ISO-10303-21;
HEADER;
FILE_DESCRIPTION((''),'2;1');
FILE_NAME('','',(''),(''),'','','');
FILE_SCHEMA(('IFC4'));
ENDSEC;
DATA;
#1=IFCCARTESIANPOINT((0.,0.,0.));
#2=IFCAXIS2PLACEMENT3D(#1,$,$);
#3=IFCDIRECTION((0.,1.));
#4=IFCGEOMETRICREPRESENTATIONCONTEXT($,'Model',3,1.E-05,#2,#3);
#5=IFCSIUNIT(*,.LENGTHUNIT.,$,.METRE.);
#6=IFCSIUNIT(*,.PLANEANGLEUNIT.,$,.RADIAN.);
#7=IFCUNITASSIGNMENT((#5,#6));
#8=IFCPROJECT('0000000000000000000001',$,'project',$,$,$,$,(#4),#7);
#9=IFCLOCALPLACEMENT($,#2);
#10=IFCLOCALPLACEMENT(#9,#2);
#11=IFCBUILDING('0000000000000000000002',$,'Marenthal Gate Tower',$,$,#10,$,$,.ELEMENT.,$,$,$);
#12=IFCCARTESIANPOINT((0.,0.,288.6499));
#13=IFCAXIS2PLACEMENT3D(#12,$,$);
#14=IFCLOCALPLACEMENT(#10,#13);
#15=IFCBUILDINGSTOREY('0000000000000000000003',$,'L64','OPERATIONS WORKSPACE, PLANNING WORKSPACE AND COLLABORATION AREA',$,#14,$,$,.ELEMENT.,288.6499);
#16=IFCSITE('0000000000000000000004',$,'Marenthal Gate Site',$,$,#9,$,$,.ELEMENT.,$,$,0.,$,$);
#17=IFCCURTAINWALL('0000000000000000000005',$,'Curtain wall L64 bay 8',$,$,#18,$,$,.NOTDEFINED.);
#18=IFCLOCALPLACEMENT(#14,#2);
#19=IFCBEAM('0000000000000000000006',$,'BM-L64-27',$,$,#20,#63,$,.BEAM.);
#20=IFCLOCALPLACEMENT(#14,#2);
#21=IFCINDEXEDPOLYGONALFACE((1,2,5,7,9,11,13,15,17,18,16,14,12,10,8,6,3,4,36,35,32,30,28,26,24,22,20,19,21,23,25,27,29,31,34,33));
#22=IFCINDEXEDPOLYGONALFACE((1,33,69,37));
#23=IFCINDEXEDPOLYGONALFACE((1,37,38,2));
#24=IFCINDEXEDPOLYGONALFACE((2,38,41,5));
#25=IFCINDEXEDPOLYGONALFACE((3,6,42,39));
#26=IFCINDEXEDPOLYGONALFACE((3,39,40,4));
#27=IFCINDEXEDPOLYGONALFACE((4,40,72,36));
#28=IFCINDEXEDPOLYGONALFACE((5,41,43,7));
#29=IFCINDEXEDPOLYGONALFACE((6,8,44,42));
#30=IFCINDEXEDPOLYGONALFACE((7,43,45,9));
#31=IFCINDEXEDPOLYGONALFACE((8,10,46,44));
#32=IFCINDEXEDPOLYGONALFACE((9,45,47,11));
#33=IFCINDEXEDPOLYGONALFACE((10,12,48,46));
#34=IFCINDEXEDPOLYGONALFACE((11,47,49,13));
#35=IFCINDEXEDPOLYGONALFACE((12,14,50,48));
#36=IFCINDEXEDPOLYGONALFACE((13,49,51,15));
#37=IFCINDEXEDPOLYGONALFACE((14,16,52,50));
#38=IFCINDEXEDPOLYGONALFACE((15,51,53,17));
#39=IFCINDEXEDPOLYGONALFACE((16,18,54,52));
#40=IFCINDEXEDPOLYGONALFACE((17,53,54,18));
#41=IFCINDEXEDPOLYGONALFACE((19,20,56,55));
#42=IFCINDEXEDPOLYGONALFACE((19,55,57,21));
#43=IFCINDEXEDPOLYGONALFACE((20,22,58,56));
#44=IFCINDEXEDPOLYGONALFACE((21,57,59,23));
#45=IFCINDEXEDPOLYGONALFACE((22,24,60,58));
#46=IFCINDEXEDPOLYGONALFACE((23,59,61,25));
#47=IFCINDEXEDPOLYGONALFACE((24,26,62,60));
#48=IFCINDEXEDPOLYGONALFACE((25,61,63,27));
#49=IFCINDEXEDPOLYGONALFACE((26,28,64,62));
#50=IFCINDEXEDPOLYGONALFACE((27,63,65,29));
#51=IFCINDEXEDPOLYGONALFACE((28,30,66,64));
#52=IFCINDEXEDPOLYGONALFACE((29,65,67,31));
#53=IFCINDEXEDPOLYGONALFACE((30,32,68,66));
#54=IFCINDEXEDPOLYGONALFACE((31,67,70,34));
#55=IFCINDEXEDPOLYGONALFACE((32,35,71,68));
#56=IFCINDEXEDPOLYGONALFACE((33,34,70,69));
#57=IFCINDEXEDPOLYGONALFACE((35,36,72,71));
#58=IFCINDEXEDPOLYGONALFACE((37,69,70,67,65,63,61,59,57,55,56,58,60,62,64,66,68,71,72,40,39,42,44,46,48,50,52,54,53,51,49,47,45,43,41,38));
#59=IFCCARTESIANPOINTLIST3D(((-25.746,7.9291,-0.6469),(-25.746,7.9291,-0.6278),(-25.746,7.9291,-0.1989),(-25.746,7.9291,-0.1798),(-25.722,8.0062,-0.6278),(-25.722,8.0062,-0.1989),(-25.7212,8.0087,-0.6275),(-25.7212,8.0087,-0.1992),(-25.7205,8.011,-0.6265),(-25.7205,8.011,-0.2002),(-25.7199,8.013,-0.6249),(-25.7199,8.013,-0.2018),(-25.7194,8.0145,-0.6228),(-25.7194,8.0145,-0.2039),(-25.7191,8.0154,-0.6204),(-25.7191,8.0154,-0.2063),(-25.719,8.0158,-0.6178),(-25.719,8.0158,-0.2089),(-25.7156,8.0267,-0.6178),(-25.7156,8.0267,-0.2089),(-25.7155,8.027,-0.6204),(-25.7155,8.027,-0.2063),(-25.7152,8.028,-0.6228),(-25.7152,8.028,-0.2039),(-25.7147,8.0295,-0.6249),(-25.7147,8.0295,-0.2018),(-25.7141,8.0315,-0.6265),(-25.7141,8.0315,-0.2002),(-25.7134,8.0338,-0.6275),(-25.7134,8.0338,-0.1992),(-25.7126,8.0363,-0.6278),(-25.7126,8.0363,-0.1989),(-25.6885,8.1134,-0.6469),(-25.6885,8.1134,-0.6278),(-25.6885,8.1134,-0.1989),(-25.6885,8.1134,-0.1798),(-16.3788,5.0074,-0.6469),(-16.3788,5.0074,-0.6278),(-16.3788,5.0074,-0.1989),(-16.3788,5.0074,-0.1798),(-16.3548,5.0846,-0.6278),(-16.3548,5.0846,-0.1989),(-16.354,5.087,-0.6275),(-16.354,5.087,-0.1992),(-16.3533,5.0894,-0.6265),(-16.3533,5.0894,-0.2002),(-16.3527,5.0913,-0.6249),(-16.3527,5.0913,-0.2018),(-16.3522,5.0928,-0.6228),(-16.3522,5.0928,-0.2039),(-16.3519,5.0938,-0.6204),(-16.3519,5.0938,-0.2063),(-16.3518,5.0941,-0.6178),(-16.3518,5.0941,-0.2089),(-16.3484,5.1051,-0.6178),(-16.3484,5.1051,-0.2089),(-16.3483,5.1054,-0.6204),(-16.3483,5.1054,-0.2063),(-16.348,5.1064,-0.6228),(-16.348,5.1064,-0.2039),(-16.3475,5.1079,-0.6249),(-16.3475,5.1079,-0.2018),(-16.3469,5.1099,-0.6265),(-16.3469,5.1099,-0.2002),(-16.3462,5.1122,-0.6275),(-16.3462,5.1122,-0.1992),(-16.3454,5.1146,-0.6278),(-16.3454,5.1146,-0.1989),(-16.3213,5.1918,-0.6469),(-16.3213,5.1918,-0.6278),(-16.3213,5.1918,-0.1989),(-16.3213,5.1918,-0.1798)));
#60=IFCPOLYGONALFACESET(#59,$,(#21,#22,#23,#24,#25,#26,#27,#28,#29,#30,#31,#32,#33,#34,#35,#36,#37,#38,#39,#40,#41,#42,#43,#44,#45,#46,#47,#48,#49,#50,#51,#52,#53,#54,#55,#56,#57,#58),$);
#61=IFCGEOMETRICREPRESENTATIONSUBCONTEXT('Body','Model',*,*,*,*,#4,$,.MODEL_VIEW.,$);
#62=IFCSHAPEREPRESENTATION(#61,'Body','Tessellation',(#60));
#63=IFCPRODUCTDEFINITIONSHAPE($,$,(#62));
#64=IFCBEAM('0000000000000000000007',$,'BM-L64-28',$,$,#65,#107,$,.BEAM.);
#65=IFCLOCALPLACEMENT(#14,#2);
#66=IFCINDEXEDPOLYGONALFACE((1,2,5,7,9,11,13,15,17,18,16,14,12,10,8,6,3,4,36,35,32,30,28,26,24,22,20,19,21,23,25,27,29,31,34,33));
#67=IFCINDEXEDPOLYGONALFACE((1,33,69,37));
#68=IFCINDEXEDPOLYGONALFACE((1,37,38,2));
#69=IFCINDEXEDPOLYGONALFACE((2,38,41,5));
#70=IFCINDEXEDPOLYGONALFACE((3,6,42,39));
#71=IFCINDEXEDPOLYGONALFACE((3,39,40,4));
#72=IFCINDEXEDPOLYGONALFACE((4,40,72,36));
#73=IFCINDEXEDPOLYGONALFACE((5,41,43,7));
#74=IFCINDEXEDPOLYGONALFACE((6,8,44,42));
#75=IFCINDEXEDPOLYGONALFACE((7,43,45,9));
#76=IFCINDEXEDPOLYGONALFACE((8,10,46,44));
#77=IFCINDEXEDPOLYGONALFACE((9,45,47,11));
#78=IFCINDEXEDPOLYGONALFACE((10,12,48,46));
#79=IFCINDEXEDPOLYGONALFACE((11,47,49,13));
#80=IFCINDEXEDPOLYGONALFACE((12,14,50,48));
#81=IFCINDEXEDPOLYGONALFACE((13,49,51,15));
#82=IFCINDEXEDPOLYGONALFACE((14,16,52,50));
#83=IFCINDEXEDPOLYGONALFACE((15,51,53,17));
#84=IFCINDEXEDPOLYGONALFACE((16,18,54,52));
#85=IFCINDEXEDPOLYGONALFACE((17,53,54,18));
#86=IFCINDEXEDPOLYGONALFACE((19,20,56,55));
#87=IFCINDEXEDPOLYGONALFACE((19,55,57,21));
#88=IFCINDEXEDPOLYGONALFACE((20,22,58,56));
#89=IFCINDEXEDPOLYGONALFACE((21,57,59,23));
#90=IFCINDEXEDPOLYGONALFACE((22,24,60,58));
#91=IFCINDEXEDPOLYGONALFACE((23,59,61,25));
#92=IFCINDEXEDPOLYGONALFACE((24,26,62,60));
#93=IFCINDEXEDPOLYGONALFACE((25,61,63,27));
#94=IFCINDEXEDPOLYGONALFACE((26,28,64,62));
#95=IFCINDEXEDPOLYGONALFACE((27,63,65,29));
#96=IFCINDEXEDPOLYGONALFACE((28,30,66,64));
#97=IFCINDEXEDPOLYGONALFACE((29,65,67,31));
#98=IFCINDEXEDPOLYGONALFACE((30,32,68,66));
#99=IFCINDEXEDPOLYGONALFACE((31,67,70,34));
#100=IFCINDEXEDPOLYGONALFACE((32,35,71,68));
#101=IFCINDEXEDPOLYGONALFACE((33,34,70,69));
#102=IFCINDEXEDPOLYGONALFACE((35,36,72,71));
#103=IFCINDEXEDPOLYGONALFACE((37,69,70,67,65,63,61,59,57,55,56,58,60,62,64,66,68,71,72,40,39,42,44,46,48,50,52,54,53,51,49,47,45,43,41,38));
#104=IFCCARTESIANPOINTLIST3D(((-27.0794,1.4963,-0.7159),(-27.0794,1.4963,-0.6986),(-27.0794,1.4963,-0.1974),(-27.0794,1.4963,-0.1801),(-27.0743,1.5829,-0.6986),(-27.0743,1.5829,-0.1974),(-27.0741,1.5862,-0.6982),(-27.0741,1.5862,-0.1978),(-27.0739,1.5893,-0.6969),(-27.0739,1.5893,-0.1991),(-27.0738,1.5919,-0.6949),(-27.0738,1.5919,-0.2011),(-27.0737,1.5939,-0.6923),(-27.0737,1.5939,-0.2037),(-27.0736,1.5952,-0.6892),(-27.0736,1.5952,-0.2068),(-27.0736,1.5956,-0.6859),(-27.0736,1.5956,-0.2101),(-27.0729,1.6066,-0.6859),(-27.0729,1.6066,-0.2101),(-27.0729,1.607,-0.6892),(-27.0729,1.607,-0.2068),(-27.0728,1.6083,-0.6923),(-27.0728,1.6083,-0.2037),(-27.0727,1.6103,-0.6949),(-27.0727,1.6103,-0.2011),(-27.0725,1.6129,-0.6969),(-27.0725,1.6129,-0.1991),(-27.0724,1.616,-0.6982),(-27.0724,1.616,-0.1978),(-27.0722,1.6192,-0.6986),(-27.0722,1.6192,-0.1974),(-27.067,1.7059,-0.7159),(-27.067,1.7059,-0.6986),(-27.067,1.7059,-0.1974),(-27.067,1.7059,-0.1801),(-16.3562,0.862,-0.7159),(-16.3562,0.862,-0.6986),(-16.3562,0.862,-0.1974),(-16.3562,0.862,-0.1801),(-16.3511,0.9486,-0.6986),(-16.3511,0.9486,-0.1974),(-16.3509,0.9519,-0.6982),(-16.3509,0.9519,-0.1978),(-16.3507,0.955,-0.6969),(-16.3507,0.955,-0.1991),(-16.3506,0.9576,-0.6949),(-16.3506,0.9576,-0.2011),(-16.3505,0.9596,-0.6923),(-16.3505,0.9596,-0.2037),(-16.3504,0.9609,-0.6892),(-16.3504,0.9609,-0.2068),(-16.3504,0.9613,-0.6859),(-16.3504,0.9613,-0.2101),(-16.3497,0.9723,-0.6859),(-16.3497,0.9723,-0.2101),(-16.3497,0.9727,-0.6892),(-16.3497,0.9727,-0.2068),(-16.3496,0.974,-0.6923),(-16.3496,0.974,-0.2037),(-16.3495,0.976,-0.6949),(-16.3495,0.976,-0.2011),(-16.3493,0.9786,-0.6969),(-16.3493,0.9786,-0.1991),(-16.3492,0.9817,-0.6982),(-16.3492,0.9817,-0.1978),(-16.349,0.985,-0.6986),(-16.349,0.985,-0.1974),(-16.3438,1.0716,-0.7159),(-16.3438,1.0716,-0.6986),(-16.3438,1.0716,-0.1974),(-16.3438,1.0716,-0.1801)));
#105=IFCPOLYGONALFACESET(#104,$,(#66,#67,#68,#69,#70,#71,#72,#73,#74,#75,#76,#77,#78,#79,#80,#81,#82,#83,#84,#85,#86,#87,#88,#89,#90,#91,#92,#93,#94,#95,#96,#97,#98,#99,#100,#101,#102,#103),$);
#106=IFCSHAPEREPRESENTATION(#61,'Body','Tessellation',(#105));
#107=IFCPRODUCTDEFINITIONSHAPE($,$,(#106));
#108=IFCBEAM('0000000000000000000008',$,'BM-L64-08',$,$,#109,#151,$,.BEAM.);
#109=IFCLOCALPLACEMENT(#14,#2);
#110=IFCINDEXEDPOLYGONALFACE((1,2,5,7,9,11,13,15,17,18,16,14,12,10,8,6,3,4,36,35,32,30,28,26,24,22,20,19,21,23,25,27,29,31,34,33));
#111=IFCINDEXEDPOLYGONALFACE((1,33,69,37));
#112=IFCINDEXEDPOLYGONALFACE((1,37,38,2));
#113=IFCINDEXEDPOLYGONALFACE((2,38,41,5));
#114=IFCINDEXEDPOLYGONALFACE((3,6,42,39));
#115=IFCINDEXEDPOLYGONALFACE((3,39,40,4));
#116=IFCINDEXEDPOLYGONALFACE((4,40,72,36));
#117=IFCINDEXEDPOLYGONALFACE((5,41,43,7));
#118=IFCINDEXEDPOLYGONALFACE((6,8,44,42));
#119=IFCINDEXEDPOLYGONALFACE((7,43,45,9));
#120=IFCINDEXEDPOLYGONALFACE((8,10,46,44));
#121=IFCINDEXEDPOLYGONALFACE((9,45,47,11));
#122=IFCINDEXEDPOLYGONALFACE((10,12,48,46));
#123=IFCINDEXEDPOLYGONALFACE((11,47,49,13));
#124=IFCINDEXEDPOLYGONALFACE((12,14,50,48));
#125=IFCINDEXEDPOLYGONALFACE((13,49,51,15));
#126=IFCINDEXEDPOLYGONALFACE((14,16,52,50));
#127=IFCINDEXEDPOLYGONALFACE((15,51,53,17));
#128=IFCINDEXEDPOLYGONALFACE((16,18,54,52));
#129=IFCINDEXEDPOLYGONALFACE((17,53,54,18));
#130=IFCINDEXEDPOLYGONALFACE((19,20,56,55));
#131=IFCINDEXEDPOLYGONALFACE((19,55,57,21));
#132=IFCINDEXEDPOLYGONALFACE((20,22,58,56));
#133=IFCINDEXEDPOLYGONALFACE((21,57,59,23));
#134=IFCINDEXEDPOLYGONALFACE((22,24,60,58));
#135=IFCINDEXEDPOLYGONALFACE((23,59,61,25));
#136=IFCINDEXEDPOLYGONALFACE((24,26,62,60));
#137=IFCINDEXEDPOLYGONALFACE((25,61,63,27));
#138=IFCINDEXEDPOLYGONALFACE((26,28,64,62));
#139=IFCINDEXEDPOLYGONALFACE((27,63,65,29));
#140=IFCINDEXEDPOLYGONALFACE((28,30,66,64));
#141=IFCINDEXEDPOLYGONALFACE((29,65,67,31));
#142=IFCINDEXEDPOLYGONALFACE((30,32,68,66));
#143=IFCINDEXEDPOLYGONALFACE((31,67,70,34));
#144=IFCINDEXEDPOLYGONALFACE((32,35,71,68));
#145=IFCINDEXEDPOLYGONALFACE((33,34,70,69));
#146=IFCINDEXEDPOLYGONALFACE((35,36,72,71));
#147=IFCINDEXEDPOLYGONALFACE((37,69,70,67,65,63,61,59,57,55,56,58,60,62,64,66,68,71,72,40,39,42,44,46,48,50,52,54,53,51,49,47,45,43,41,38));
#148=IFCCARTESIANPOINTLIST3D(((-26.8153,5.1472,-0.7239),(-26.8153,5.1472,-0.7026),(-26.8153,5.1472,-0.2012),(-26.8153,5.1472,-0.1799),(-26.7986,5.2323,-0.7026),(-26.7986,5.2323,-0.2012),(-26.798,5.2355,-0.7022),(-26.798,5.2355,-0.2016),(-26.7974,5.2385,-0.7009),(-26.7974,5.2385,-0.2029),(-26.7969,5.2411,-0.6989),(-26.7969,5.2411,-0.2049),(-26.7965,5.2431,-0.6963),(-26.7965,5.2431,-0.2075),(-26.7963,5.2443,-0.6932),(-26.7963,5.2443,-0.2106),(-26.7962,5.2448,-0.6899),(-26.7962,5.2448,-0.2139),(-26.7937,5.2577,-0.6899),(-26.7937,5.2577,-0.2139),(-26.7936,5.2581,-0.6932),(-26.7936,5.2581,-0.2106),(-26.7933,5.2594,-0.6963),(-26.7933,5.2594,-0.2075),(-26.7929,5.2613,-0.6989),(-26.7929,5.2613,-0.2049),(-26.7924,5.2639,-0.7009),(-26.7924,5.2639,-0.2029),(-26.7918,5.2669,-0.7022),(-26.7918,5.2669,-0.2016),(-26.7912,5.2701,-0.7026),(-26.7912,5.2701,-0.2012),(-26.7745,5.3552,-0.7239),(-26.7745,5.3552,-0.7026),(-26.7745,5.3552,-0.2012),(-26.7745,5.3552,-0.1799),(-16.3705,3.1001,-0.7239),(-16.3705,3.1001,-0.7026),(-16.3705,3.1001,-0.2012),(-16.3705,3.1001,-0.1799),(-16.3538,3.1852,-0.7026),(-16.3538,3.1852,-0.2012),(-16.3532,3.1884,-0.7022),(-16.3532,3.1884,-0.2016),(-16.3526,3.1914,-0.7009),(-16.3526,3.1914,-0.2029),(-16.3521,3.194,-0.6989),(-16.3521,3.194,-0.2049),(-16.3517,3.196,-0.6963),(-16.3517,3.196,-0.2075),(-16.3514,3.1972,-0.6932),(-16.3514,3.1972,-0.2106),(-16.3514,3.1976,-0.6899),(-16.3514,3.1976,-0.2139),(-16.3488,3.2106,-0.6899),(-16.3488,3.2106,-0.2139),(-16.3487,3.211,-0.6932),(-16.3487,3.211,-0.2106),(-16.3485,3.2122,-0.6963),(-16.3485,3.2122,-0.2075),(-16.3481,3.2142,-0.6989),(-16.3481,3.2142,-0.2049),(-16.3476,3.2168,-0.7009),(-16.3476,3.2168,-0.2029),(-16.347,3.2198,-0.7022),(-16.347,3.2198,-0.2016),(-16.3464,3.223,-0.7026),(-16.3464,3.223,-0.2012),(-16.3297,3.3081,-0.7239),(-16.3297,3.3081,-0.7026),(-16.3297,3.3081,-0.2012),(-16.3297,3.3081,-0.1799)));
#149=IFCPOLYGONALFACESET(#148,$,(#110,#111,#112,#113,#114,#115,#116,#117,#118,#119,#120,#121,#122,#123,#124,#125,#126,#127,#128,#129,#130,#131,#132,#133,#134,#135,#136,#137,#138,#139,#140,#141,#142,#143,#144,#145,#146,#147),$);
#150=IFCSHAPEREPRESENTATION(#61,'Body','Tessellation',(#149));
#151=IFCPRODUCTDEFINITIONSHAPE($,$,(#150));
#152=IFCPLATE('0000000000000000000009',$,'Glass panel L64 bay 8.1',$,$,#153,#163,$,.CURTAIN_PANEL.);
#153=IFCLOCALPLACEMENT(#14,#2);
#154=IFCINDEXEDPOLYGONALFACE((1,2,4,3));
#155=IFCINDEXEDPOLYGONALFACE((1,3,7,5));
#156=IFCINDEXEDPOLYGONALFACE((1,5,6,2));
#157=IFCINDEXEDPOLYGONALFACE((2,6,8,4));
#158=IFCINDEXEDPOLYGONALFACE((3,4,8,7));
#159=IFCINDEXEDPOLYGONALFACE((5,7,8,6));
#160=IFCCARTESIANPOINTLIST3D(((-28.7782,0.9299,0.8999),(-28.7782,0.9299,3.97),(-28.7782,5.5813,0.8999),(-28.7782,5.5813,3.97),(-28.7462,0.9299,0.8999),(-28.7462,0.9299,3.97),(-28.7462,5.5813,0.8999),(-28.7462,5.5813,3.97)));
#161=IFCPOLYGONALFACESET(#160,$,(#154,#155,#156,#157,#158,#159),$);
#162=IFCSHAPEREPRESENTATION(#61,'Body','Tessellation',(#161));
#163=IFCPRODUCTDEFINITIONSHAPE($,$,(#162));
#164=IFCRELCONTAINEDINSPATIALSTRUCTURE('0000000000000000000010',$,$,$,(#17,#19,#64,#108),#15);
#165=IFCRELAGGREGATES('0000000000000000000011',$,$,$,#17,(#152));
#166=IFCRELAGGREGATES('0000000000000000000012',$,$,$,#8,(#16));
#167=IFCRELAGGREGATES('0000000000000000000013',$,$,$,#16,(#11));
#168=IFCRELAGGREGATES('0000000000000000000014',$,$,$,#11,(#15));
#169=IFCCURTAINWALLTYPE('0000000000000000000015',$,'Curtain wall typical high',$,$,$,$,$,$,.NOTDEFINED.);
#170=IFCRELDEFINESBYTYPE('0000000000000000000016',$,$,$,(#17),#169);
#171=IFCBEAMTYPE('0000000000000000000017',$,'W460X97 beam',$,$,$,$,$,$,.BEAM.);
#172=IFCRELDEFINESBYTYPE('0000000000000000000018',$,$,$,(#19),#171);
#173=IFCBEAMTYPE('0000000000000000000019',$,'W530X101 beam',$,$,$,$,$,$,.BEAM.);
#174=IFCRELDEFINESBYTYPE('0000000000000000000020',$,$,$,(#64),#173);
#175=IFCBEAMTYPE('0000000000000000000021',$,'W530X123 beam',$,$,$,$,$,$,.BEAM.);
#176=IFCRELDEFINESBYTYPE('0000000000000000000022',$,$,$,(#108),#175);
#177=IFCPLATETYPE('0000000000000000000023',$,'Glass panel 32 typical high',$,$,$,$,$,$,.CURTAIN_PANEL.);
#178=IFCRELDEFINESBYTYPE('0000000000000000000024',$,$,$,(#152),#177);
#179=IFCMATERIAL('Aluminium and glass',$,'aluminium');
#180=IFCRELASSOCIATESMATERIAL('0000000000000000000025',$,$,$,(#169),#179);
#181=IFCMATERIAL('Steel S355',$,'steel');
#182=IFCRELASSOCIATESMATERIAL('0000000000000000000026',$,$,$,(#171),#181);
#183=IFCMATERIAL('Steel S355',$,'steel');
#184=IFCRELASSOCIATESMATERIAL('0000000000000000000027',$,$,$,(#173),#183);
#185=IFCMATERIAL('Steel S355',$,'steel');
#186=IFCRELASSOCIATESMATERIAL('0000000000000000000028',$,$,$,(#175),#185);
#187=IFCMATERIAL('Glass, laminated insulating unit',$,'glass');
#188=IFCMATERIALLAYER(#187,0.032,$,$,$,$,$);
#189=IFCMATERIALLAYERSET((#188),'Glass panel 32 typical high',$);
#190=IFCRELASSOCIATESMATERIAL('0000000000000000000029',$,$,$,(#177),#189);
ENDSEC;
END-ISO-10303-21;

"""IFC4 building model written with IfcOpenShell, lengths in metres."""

from ifc_helpers import new_model, si_unit, direction, frame, origin, origin_2d, place, context, subcontext, project, spatial, rectangle, i_section, extrude, material, layer, layer_set, material_profile, profile_set, type_object, element, aggregate, save


model = new_model("IFC4")

# Units and contexts
model_context = context("Model", 3, precision=1e-05, world=origin(), true_north=direction((0.0, 1.0)))
body_context = subcontext(model_context, "Body", "Model", "MODEL_VIEW")
ifc_project = project(units=[si_unit("LENGTHUNIT", "METRE"), si_unit("PLANEANGLEUNIT", "RADIAN")], contexts=[model_context])

# Site, building, storey
site_placement = place(None, origin())
site = spatial("IfcSite", under=ifc_project, at=site_placement, Name="Marenthal Gate Site", CompositionType="ELEMENT", RefElevation=0.0)
building_placement = place(site_placement, origin())
building = spatial("IfcBuilding", under=site, at=building_placement, Name="Marenthal Gate Tower", CompositionType="ELEMENT")
storey_placement = place(building_placement, frame((0.0, 0.0, 288.6499)))
storey = spatial("IfcBuildingStorey", under=building, at=storey_placement, Name="L64", Description="OPERATIONS WORKSPACE, PLANNING WORKSPACE AND COLLABORATION AREA", CompositionType="ELEMENT", Elevation=288.6499)

# Curtain wall
ifc_material_1 = material(Name="Aluminium and glass", Category="aluminium")
curtain_wall_type = type_object("IfcCurtainWallType", Name="Curtain wall typical high", PredefinedType="NOTDEFINED", material=ifc_material_1)
curtain_wall_placement = place(storey_placement, origin())
curtain_wall = element("IfcCurtainWall", 1, at=curtain_wall_placement, inside=storey, type_object=curtain_wall_type, Name="Curtain wall L64 bay 8", PredefinedType="NOTDEFINED")

# Beams
ifc_material_2 = material(Name="Steel S355", Category="steel")
ifc_material_profile_1 = material_profile(ifc_material_2, i_section(OverallWidth=0.1931, OverallDepth=0.467, WebThickness=0.0115, FlangeThickness=0.019, FilletRadius=0.01, at=origin_2d()), Name="W460X97")
ifc_profile_set_1 = profile_set([ifc_material_profile_1], Name="Steel S355")
beam_type_1 = type_object("IfcBeamType", Name="W460X97 beam", PredefinedType="BEAM", material=ifc_profile_set_1)
beam_1_placement = place(storey_placement, frame((-25.7173, 8.0212, -0.4133), z_axis=(0.954643, -0.297754, 0.0), x_axis=(0.297754, 0.954643, 0.0)))
element("IfcBeam", 2, at=beam_1_placement, inside=storey, type_object=beam_type_1, Name="BM-L64-27", PredefinedType="BEAM", context=body_context, shape_type="SweptSolid", body=[
    extrude(i_section(OverallWidth=0.1931, OverallDepth=0.467, WebThickness=0.0115, FlangeThickness=0.019, FilletRadius=0.01, at=origin_2d()), origin(), (0.0, 0.0, 1.0), 9.8123),
])
ifc_material_3 = material(Name="Steel S355", Category="steel")
ifc_material_profile_2 = material_profile(ifc_material_3, i_section(OverallWidth=0.21, OverallDepth=0.5359, WebThickness=0.011, FlangeThickness=0.0173, FilletRadius=0.0127, at=origin_2d()), Name="W530X101")
ifc_profile_set_2 = profile_set([ifc_material_profile_2], Name="Steel S355")
beam_type_2 = type_object("IfcBeamType", Name="W530X101 beam", PredefinedType="BEAM", material=ifc_profile_set_2)
beam_2_placement = place(storey_placement, frame((-27.0732, 1.6011, -0.448), z_axis=(0.998255, -0.059047, 0.0), x_axis=(0.059047, 0.998255, 0.0)))
element("IfcBeam", 3, at=beam_2_placement, inside=storey, type_object=beam_type_2, Name="BM-L64-28", PredefinedType="BEAM", context=body_context, shape_type="SweptSolid", body=[
    extrude(i_section(OverallWidth=0.21, OverallDepth=0.5359, WebThickness=0.011, FlangeThickness=0.0173, FilletRadius=0.0127, at=origin_2d()), origin(), (0.0, 0.0, 1.0), 10.7419),
])
ifc_material_4 = material(Name="Steel S355", Category="steel")
ifc_material_profile_3 = material_profile(ifc_material_4, i_section(OverallWidth=0.2119, OverallDepth=0.5439, WebThickness=0.0132, FlangeThickness=0.0212, FilletRadius=0.0127, at=origin_2d()), Name="W530X123")
ifc_profile_set_3 = profile_set([ifc_material_profile_3], Name="Steel S355")
beam_type_3 = type_object("IfcBeamType", Name="W530X123 beam", PredefinedType="BEAM", material=ifc_profile_set_3)
beam_3_placement = place(storey_placement, frame((-26.7949, 5.2512, -0.4519), z_axis=(0.981329, -0.192334, 0.0), x_axis=(0.192334, 0.981329, 0.0)))
element("IfcBeam", 4, at=beam_3_placement, inside=storey, type_object=beam_type_3, Name="BM-L64-08", PredefinedType="BEAM", context=body_context, shape_type="SweptSolid", body=[
    extrude(i_section(OverallWidth=0.2119, OverallDepth=0.5439, WebThickness=0.0132, FlangeThickness=0.0212, FilletRadius=0.0127, at=origin_2d()), origin(), (0.0, 0.0, 1.0), 10.6436),
])

# Plate
ifc_material_5 = material(Name="Glass, laminated insulating unit", Category="glass")
ifc_layer_1 = layer(ifc_material_5, 0.032)
ifc_layer_set_1 = layer_set([ifc_layer_1], Name="Glass panel 32 typical high")
plate_type = type_object("IfcPlateType", Name="Glass panel 32 typical high", PredefinedType="CURTAIN_PANEL", material=ifc_layer_set_1)
plate_placement = place(storey_placement, frame((-28.7622, 3.2556, 0.8999), z_axis=(0.0, 0.0, 1.0), x_axis=(0.0, -1.0, 0.0)))
plate = element("IfcPlate", 5, at=plate_placement, type_object=plate_type, Name="Glass panel L64 bay 8.1", PredefinedType="CURTAIN_PANEL", context=body_context, shape_type="SweptSolid", body=[
    extrude(rectangle(XDim=4.6514, YDim=0.032, at=origin_2d()), origin(), (0.0, 0.0, 1.0), 3.0701),
])
aggregate(curtain_wall, [plate])

save(model, "model.ifc")
